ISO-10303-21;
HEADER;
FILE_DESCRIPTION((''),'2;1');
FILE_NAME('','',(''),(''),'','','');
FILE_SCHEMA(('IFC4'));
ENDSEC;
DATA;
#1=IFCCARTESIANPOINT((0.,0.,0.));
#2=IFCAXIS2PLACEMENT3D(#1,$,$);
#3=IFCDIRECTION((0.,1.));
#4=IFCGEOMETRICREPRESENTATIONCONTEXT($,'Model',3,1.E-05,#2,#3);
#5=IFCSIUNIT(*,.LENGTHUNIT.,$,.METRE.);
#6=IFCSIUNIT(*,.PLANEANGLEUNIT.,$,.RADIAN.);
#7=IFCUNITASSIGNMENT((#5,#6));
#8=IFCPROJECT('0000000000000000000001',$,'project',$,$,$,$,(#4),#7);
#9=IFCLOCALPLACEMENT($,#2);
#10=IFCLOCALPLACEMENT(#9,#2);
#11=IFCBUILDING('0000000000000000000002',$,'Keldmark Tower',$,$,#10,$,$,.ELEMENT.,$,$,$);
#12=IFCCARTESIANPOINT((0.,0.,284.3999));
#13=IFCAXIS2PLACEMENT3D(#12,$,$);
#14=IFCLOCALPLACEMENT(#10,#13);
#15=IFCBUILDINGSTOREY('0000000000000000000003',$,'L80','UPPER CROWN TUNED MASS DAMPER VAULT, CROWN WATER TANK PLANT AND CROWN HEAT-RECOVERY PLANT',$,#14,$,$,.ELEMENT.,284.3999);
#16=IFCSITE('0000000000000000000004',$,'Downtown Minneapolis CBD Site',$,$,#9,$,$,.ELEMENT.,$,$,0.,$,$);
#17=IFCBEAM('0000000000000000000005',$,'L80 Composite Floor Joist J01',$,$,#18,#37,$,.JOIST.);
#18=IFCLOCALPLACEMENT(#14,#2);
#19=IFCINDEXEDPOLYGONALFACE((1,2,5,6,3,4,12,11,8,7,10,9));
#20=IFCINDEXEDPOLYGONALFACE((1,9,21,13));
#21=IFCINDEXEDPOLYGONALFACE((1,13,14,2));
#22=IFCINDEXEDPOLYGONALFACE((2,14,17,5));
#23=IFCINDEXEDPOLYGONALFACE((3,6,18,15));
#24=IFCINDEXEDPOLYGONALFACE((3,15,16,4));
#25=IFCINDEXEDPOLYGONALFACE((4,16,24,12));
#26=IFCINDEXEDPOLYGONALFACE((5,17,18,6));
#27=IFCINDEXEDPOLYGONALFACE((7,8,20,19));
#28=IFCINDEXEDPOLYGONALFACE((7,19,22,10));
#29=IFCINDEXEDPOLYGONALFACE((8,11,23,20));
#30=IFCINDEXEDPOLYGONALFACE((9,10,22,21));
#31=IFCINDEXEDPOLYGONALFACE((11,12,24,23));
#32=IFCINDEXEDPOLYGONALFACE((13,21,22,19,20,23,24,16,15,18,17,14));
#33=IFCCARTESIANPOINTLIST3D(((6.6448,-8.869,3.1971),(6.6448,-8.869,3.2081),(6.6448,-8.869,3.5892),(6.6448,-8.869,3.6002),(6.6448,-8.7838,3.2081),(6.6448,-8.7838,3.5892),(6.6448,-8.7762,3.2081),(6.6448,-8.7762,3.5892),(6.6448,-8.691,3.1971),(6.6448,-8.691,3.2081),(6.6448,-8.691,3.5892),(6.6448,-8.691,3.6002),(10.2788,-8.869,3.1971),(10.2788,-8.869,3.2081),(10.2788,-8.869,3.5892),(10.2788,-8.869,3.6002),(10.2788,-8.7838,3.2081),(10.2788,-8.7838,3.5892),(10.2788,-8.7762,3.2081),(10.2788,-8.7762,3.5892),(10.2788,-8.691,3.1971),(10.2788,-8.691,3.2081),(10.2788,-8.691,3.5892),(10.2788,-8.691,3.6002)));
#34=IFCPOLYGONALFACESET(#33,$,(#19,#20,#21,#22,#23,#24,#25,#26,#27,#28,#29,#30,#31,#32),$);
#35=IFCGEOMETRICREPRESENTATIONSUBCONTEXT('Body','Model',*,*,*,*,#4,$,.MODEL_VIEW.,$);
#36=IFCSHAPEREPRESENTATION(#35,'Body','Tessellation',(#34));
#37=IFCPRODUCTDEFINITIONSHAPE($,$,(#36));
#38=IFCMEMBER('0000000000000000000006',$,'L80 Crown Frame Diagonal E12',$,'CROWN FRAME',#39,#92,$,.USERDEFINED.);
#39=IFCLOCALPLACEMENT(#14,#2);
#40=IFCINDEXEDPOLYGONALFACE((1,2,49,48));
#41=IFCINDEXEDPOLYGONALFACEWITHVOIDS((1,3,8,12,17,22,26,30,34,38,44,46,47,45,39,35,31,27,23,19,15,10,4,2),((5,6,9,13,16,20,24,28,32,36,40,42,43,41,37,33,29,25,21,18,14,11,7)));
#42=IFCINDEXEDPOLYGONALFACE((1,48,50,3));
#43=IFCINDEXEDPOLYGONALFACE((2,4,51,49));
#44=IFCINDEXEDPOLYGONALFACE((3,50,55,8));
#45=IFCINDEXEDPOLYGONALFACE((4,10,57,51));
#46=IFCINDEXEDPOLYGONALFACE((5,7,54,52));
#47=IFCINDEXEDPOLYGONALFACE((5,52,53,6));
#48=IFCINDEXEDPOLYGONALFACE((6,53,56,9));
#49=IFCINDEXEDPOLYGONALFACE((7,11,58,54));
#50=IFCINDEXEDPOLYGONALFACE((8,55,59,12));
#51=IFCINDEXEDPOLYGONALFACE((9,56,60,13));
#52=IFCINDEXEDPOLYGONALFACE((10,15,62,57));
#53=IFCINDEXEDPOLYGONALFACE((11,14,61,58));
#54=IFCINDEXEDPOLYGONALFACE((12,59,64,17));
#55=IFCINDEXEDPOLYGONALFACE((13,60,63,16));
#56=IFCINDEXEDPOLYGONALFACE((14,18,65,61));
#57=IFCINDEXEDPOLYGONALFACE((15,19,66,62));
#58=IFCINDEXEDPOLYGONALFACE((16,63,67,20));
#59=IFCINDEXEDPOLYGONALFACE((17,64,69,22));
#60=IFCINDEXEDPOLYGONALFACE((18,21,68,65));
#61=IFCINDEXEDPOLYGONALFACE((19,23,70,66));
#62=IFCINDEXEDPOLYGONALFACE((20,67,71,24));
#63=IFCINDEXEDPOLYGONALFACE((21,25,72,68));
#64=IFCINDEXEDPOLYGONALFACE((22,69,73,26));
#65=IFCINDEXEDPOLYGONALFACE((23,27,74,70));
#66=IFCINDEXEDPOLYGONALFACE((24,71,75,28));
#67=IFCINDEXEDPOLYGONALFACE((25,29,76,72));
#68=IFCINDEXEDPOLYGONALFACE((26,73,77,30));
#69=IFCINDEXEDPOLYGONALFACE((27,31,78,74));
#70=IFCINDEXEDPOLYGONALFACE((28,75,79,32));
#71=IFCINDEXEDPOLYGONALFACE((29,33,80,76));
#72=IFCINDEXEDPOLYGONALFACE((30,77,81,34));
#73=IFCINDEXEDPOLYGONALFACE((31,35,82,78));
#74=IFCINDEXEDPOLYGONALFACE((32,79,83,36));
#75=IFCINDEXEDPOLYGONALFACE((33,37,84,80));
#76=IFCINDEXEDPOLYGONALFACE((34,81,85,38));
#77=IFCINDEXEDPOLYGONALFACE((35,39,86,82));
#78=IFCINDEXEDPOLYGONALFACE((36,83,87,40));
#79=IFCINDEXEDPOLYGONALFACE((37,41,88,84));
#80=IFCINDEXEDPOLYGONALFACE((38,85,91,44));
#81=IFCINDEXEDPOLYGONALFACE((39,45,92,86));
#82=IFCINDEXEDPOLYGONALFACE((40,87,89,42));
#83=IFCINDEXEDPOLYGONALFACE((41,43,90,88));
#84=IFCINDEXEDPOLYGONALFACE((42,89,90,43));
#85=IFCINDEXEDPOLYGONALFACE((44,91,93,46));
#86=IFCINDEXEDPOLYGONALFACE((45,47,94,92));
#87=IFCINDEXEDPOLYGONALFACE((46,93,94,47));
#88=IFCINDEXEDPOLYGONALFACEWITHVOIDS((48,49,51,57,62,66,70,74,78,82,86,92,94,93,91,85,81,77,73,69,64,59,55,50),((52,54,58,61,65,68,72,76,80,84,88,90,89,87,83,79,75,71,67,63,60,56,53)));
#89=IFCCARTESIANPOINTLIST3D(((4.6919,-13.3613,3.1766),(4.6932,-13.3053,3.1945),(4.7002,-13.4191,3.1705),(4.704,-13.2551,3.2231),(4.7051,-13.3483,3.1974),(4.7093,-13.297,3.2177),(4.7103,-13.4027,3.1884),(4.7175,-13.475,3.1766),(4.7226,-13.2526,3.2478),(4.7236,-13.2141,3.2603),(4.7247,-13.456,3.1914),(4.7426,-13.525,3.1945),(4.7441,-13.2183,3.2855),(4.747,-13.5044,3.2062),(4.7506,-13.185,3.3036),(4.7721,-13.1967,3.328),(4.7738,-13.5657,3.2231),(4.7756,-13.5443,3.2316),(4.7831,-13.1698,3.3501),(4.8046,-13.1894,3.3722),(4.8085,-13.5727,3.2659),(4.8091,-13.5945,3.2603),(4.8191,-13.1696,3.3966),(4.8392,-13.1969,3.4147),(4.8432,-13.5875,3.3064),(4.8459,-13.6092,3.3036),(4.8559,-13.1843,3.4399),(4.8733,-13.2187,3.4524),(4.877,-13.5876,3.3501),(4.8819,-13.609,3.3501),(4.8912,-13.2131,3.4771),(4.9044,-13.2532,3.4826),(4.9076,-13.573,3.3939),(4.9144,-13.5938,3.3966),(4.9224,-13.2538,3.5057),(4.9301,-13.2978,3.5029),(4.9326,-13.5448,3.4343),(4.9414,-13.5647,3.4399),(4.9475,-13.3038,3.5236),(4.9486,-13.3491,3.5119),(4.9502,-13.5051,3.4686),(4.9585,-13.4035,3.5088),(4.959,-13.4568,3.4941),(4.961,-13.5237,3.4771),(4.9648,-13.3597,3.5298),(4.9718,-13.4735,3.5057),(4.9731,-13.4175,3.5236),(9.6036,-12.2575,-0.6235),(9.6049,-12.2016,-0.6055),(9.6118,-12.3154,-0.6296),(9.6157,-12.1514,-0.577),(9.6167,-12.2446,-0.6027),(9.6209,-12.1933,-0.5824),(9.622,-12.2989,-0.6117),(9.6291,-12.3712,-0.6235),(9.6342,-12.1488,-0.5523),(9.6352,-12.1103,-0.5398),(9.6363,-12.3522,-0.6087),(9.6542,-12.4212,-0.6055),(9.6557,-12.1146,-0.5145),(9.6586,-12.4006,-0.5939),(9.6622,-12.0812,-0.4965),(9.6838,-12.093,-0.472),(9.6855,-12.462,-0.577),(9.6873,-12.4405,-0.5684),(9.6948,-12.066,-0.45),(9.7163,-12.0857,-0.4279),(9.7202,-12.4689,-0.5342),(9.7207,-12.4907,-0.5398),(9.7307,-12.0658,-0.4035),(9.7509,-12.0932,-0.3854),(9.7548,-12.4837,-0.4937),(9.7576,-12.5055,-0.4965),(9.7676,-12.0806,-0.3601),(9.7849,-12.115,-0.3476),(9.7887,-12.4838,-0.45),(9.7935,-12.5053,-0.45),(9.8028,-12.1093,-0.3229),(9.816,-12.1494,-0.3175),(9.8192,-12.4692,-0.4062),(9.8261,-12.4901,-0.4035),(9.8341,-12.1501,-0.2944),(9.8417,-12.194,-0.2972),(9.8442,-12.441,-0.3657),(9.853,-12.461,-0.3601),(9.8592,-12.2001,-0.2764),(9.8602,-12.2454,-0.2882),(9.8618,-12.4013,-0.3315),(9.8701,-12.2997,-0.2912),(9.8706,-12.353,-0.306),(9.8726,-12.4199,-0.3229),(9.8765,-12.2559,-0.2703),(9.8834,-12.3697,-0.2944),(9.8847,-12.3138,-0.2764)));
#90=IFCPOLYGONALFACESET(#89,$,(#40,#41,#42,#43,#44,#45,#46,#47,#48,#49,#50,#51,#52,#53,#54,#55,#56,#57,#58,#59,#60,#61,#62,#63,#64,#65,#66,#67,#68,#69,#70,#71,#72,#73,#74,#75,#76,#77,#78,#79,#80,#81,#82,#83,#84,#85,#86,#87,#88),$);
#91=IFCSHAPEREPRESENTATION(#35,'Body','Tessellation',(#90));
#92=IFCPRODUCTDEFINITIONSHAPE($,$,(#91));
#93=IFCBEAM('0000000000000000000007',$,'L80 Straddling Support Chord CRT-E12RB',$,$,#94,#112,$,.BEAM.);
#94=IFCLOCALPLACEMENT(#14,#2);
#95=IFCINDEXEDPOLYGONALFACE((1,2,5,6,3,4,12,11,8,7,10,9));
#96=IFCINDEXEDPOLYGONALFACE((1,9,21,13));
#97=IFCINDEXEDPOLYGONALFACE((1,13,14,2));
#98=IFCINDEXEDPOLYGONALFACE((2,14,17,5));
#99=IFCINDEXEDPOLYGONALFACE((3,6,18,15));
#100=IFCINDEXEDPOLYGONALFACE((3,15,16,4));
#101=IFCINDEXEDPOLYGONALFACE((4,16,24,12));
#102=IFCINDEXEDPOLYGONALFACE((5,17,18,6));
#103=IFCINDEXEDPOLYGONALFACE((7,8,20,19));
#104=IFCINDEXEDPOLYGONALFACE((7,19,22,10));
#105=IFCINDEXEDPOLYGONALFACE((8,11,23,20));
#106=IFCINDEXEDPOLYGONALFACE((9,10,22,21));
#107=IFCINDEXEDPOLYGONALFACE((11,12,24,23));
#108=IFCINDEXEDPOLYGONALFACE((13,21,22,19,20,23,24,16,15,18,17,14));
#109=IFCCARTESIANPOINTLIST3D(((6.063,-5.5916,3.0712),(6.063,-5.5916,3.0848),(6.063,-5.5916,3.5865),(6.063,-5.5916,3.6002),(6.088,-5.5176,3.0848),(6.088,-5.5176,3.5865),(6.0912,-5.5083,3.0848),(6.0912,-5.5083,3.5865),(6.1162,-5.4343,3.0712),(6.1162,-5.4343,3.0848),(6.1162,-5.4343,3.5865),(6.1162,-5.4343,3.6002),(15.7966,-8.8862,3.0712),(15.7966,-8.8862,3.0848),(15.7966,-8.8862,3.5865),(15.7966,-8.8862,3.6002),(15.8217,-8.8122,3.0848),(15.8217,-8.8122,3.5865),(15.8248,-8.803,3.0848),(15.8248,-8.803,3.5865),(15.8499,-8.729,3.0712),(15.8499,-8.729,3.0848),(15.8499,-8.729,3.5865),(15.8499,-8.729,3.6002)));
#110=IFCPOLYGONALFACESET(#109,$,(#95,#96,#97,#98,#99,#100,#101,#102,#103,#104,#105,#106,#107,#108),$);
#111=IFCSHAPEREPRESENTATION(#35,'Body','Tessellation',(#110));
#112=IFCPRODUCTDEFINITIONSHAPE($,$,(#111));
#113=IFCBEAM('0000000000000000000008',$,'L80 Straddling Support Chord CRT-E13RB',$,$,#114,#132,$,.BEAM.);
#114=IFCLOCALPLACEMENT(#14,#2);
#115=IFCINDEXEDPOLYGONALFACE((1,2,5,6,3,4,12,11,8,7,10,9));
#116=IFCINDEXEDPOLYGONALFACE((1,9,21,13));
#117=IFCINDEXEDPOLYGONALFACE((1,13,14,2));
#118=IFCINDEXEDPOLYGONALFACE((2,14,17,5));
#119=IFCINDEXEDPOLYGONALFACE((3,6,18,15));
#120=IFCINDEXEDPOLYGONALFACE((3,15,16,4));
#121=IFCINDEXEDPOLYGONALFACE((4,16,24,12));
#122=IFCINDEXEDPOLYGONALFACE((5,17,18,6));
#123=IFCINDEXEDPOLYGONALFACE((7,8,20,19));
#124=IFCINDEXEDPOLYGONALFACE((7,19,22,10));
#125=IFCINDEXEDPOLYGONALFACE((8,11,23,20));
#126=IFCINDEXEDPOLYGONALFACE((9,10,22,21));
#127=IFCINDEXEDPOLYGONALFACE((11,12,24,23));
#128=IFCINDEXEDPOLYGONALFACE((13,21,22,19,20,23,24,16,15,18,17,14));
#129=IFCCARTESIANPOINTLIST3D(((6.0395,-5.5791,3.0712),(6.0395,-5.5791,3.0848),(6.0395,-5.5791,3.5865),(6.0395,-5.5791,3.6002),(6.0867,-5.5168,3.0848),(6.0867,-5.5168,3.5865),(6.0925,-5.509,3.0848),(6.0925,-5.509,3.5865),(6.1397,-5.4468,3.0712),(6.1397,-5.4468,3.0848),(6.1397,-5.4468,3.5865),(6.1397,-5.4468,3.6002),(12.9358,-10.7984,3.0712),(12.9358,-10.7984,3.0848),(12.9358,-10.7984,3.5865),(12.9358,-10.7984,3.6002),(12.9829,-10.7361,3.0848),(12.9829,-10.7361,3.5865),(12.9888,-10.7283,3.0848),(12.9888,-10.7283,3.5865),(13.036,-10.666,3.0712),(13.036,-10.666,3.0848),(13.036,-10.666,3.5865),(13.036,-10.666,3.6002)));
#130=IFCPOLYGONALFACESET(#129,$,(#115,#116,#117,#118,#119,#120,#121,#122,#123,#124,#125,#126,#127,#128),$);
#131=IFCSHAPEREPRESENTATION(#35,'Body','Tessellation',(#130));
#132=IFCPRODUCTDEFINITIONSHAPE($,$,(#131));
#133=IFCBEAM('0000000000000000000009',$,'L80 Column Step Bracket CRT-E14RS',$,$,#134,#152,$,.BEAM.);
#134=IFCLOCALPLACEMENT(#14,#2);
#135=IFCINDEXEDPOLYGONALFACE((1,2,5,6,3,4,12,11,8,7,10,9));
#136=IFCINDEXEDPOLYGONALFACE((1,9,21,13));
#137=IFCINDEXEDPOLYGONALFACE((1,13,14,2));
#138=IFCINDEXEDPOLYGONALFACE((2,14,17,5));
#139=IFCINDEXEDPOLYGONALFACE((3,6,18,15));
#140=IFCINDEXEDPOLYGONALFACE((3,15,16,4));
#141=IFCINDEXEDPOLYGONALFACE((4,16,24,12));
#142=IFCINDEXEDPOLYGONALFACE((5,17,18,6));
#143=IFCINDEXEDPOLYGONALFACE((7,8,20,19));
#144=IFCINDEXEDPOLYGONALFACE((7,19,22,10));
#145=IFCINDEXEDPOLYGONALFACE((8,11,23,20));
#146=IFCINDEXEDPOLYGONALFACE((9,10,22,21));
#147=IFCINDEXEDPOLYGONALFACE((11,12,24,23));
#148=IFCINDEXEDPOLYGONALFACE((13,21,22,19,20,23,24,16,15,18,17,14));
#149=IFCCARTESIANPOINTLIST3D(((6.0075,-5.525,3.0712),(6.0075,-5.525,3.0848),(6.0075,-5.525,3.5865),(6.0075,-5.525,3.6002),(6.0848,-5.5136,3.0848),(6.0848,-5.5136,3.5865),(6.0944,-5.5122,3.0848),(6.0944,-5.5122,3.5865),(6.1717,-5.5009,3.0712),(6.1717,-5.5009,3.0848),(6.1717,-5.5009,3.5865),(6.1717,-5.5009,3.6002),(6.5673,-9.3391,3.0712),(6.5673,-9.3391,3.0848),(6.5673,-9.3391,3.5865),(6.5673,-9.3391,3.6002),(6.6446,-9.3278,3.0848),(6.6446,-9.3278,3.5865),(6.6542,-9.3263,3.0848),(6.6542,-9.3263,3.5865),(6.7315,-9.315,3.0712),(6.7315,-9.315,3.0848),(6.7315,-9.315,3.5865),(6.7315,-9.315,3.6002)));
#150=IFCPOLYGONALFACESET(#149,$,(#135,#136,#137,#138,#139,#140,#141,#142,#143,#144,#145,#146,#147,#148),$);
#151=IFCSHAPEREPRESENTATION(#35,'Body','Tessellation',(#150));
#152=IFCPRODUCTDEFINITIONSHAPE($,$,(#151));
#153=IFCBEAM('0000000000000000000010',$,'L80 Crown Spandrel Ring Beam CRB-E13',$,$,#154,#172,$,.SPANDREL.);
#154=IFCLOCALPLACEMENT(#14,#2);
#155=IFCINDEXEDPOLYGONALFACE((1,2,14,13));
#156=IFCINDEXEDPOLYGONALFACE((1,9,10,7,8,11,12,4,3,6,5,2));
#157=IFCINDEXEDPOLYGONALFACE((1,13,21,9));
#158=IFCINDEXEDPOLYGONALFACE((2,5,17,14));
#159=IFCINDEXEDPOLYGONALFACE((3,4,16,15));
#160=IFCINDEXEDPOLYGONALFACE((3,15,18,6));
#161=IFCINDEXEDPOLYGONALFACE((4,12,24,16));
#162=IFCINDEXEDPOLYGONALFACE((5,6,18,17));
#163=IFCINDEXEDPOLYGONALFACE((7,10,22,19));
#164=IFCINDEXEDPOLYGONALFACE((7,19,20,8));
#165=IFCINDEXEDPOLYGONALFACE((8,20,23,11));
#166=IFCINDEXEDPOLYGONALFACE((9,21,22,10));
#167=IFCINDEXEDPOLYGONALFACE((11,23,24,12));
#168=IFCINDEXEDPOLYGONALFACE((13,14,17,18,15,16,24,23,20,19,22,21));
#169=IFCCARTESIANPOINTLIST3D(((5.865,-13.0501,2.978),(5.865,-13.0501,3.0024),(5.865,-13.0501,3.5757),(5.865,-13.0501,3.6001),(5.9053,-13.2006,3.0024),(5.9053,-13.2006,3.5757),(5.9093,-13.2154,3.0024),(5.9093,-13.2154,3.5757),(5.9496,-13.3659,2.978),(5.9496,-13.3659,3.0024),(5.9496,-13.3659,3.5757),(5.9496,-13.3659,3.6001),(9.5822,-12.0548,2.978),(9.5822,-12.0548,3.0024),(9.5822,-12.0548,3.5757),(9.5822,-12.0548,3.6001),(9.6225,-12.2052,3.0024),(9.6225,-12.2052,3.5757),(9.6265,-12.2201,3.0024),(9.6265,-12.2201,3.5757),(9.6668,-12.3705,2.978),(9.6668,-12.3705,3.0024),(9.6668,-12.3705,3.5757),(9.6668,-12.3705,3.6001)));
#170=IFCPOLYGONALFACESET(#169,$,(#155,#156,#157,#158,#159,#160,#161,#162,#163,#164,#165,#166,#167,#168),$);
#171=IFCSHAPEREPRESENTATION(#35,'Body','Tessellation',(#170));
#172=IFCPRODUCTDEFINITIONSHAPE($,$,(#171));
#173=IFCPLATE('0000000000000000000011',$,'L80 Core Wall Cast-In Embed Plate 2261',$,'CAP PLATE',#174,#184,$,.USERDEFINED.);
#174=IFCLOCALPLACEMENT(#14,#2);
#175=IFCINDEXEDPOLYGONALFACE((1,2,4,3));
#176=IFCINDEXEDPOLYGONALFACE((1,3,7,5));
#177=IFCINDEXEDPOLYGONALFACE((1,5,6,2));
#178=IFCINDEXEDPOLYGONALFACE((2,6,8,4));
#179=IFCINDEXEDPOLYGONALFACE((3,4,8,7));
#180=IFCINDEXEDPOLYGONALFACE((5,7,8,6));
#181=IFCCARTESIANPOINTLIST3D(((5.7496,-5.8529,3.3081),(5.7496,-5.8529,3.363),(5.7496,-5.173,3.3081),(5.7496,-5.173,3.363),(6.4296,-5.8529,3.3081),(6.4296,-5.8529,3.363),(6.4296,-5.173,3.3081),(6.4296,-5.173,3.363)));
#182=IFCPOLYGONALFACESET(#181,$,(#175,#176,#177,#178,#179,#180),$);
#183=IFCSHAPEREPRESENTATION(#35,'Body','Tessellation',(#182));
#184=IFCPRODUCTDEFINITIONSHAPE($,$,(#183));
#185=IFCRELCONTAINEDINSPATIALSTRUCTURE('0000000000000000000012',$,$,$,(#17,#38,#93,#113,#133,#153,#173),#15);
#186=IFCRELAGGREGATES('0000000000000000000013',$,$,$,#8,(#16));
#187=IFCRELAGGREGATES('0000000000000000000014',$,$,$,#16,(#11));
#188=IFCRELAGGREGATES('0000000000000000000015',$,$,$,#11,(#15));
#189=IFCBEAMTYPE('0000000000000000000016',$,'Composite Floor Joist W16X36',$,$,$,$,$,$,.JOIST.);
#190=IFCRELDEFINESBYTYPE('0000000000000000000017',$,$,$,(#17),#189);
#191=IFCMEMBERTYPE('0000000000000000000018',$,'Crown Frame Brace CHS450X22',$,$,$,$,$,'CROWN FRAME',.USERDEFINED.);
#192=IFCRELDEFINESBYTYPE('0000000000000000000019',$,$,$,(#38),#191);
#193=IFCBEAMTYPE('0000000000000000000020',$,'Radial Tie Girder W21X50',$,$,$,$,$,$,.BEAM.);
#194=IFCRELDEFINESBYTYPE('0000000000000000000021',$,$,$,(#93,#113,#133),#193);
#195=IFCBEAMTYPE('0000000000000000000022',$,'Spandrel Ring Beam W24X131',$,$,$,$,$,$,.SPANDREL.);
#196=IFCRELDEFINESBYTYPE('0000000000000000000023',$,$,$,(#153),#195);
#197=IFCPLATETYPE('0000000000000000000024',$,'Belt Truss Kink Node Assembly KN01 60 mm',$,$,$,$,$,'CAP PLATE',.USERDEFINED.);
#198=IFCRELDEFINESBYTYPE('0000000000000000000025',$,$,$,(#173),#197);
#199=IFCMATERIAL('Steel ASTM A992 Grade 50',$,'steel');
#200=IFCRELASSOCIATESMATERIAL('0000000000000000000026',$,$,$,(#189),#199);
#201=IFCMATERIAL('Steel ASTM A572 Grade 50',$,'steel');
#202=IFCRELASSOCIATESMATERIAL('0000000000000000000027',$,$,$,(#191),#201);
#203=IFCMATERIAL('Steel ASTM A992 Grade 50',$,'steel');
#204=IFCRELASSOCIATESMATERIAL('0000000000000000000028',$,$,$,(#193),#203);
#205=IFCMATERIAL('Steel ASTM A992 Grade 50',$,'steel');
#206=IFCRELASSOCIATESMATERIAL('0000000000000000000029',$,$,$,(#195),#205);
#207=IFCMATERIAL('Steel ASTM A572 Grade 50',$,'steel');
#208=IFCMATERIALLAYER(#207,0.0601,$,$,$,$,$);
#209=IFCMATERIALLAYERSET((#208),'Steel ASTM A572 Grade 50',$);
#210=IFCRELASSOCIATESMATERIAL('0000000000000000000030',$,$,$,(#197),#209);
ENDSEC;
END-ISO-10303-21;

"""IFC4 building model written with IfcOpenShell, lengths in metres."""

from ifc_helpers import new_model, si_unit, direction, frame, origin, origin_2d, place, context, subcontext, project, spatial, rectangle, hollow_circle, i_section, extrude, material, layer, layer_set, material_profile, profile_set, type_object, element, save


model = new_model("IFC4")

# Units and contexts
model_context = context("Model", 3, precision=1e-05, world=origin(), true_north=direction((0.0, 1.0)))
body_context = subcontext(model_context, "Body", "Model", "MODEL_VIEW")
ifc_project = project(units=[si_unit("LENGTHUNIT", "METRE"), si_unit("PLANEANGLEUNIT", "RADIAN")], contexts=[model_context])

# Site, building, storey
site_placement = place(None, origin())
site = spatial("IfcSite", under=ifc_project, at=site_placement, Name="Downtown Minneapolis CBD Site", CompositionType="ELEMENT", RefElevation=0.0)
building_placement = place(site_placement, origin())
building = spatial("IfcBuilding", under=site, at=building_placement, Name="Keldmark Tower", CompositionType="ELEMENT")
storey_placement = place(building_placement, frame((0.0, 0.0, 284.3999)))
storey = spatial("IfcBuildingStorey", under=building, at=storey_placement, Name="L80", Description="UPPER CROWN TUNED MASS DAMPER VAULT, CROWN WATER TANK PLANT AND CROWN HEAT-RECOVERY PLANT", CompositionType="ELEMENT", Elevation=284.3999)

# Beam
ifc_material_1 = material(Name="Steel ASTM A992 Grade 50", Category="steel")
ifc_material_profile_1 = material_profile(ifc_material_1, i_section(OverallWidth=0.178, OverallDepth=0.4031, WebThickness=0.0076, FlangeThickness=0.011, at=origin_2d()), Name="W16X36")
ifc_profile_set_1 = profile_set([ifc_material_profile_1], Name="Steel ASTM A992 Grade 50")
beam_type_1 = type_object("IfcBeamType", Name="Composite Floor Joist W16X36", PredefinedType="JOIST", material=ifc_profile_set_1)
beam_1_placement = place(storey_placement, frame((6.6448, -8.78, 3.3987), z_axis=(1.0, 0.0, 0.0), x_axis=(0.0, 1.0, 0.0)))
element("IfcBeam", 1, at=beam_1_placement, inside=storey, type_object=beam_type_1, Name="L80 Composite Floor Joist J01", PredefinedType="JOIST", context=body_context, shape_type="SweptSolid", body=[
    extrude(i_section(OverallWidth=0.178, OverallDepth=0.4031, WebThickness=0.0076, FlangeThickness=0.011, at=origin_2d()), origin(), (0.0, 0.0, 1.0), 3.634),
])

# Member
ifc_material_2 = material(Name="Steel ASTM A572 Grade 50", Category="steel")
ifc_material_profile_2 = material_profile(ifc_material_2, hollow_circle(Radius=0.2251, WallThickness=0.022, at=origin_2d()), Name="CHS450X22")
ifc_profile_set_2 = profile_set([ifc_material_profile_2], Name="Steel ASTM A572 Grade 50")
member_type = type_object("IfcMemberType", Name="Crown Frame Brace CHS450X22", ElementType="CROWN FRAME", PredefinedType="USERDEFINED", material=ifc_profile_set_2)
member_placement = place(storey_placement, frame((9.7441, -12.2856, -0.45), z_axis=(-0.778714, -0.174996, 0.602479), x_axis=(0.219256, -0.975667, 0.0)))
element("IfcMember", 2, at=member_placement, inside=storey, type_object=member_type, Name="L80 Crown Frame Diagonal E12", ObjectType="CROWN FRAME", PredefinedType="USERDEFINED", context=body_context, shape_type="SweptSolid", body=[
    extrude(hollow_circle(Radius=0.2251, WallThickness=0.022, at=origin_2d()), origin(), (0.0, 0.0, 1.0), 6.3074),
])

# Beams
ifc_material_3 = material(Name="Steel ASTM A992 Grade 50", Category="steel")
ifc_material_profile_3 = material_profile(ifc_material_3, i_section(OverallWidth=0.166, OverallDepth=0.5291, WebThickness=0.0098, FlangeThickness=0.0137, at=origin_2d()), Name="W21X50")
ifc_profile_set_3 = profile_set([ifc_material_profile_3], Name="Steel ASTM A992 Grade 50")
beam_type_2 = type_object("IfcBeamType", Name="Radial Tie Girder W21X50", PredefinedType="BEAM", material=ifc_profile_set_3)
beam_2_placement = place(storey_placement, frame((6.0896, -5.5129, 3.3357), z_axis=(0.94721, -0.320615, 0.0), x_axis=(0.320615, 0.94721, 0.0)))
element("IfcBeam", 3, at=beam_2_placement, inside=storey, type_object=beam_type_2, Name="L80 Straddling Support Chord CRT-E12RB", PredefinedType="BEAM", context=body_context, shape_type="SweptSolid", body=[
    extrude(i_section(OverallWidth=0.166, OverallDepth=0.5291, WebThickness=0.0098, FlangeThickness=0.0137, at=origin_2d()), origin(), (0.0, 0.0, 1.0), 10.2761),
])
beam_3_placement = place(storey_placement, frame((6.0896, -5.5129, 3.3357), z_axis=(0.797381, -0.603477, 0.0), x_axis=(0.603477, 0.797381, 0.0)))
element("IfcBeam", 4, at=beam_3_placement, inside=storey, type_object=beam_type_2, Name="L80 Straddling Support Chord CRT-E13RB", PredefinedType="BEAM", context=body_context, shape_type="SweptSolid", body=[
    extrude(i_section(OverallWidth=0.166, OverallDepth=0.5291, WebThickness=0.0098, FlangeThickness=0.0137, at=origin_2d()), origin(), (0.0, 0.0, 1.0), 8.6487),
])
beam_4_placement = place(storey_placement, frame((6.0896, -5.5129, 3.3357), z_axis=(0.145215, -0.9894, 0.0), x_axis=(0.9894, 0.145215, 0.0)))
element("IfcBeam", 5, at=beam_4_placement, inside=storey, type_object=beam_type_2, Name="L80 Column Step Bracket CRT-E14RS", PredefinedType="BEAM", context=body_context, shape_type="SweptSolid", body=[
    extrude(i_section(OverallWidth=0.166, OverallDepth=0.5291, WebThickness=0.0098, FlangeThickness=0.0137, at=origin_2d()), origin(), (0.0, 0.0, 1.0), 3.855),
])
ifc_material_4 = material(Name="Steel ASTM A992 Grade 50", Category="steel")
ifc_material_profile_4 = material_profile(ifc_material_4, i_section(OverallWidth=0.3269, OverallDepth=0.6221, WebThickness=0.0154, FlangeThickness=0.0244, at=origin_2d()), Name="W24X131")
ifc_profile_set_4 = profile_set([ifc_material_profile_4], Name="Steel ASTM A992 Grade 50")
beam_type_3 = type_object("IfcBeamType", Name="Spandrel Ring Beam W24X131", PredefinedType="SPANDREL", material=ifc_profile_set_4)
beam_5_placement = place(storey_placement, frame((9.6245, -12.2126, 3.2891), z_axis=(-0.96597, -0.258654, 0.0), x_axis=(0.258654, -0.96597, 0.0)))
element("IfcBeam", 6, at=beam_5_placement, inside=storey, type_object=beam_type_3, Name="L80 Crown Spandrel Ring Beam CRB-E13", PredefinedType="SPANDREL", context=body_context, shape_type="SweptSolid", body=[
    extrude(i_section(OverallWidth=0.3269, OverallDepth=0.6221, WebThickness=0.0154, FlangeThickness=0.0244, at=origin_2d()), origin(), (0.0, 0.0, 1.0), 3.8481),
])

# Plate
ifc_material_5 = material(Name="Steel ASTM A572 Grade 50", Category="steel")
ifc_layer_1 = layer(ifc_material_5, 0.0601)
ifc_layer_set_1 = layer_set([ifc_layer_1], Name="Steel ASTM A572 Grade 50")
plate_type_1 = type_object("IfcPlateType", Name="Belt Truss Kink Node Assembly KN01 60 mm", ElementType="CAP PLATE", PredefinedType="USERDEFINED", material=ifc_layer_set_1)
plate_1_placement = place(storey_placement, frame((6.0896, -5.5129, 3.3081), z_axis=(0.0, 0.0, 1.0), x_axis=(1.0, 0.0, 0.0)))
element("IfcPlate", 7, at=plate_1_placement, inside=storey, type_object=plate_type_1, Name="L80 Core Wall Cast-In Embed Plate 2261", ObjectType="CAP PLATE", PredefinedType="USERDEFINED", context=body_context, shape_type="SweptSolid", body=[
    extrude(rectangle(XDim=0.6799, YDim=0.6799, at=origin_2d()), origin(), (0.0, 0.0, 1.0), 0.0549),
])

save(model, "model.ifc")
